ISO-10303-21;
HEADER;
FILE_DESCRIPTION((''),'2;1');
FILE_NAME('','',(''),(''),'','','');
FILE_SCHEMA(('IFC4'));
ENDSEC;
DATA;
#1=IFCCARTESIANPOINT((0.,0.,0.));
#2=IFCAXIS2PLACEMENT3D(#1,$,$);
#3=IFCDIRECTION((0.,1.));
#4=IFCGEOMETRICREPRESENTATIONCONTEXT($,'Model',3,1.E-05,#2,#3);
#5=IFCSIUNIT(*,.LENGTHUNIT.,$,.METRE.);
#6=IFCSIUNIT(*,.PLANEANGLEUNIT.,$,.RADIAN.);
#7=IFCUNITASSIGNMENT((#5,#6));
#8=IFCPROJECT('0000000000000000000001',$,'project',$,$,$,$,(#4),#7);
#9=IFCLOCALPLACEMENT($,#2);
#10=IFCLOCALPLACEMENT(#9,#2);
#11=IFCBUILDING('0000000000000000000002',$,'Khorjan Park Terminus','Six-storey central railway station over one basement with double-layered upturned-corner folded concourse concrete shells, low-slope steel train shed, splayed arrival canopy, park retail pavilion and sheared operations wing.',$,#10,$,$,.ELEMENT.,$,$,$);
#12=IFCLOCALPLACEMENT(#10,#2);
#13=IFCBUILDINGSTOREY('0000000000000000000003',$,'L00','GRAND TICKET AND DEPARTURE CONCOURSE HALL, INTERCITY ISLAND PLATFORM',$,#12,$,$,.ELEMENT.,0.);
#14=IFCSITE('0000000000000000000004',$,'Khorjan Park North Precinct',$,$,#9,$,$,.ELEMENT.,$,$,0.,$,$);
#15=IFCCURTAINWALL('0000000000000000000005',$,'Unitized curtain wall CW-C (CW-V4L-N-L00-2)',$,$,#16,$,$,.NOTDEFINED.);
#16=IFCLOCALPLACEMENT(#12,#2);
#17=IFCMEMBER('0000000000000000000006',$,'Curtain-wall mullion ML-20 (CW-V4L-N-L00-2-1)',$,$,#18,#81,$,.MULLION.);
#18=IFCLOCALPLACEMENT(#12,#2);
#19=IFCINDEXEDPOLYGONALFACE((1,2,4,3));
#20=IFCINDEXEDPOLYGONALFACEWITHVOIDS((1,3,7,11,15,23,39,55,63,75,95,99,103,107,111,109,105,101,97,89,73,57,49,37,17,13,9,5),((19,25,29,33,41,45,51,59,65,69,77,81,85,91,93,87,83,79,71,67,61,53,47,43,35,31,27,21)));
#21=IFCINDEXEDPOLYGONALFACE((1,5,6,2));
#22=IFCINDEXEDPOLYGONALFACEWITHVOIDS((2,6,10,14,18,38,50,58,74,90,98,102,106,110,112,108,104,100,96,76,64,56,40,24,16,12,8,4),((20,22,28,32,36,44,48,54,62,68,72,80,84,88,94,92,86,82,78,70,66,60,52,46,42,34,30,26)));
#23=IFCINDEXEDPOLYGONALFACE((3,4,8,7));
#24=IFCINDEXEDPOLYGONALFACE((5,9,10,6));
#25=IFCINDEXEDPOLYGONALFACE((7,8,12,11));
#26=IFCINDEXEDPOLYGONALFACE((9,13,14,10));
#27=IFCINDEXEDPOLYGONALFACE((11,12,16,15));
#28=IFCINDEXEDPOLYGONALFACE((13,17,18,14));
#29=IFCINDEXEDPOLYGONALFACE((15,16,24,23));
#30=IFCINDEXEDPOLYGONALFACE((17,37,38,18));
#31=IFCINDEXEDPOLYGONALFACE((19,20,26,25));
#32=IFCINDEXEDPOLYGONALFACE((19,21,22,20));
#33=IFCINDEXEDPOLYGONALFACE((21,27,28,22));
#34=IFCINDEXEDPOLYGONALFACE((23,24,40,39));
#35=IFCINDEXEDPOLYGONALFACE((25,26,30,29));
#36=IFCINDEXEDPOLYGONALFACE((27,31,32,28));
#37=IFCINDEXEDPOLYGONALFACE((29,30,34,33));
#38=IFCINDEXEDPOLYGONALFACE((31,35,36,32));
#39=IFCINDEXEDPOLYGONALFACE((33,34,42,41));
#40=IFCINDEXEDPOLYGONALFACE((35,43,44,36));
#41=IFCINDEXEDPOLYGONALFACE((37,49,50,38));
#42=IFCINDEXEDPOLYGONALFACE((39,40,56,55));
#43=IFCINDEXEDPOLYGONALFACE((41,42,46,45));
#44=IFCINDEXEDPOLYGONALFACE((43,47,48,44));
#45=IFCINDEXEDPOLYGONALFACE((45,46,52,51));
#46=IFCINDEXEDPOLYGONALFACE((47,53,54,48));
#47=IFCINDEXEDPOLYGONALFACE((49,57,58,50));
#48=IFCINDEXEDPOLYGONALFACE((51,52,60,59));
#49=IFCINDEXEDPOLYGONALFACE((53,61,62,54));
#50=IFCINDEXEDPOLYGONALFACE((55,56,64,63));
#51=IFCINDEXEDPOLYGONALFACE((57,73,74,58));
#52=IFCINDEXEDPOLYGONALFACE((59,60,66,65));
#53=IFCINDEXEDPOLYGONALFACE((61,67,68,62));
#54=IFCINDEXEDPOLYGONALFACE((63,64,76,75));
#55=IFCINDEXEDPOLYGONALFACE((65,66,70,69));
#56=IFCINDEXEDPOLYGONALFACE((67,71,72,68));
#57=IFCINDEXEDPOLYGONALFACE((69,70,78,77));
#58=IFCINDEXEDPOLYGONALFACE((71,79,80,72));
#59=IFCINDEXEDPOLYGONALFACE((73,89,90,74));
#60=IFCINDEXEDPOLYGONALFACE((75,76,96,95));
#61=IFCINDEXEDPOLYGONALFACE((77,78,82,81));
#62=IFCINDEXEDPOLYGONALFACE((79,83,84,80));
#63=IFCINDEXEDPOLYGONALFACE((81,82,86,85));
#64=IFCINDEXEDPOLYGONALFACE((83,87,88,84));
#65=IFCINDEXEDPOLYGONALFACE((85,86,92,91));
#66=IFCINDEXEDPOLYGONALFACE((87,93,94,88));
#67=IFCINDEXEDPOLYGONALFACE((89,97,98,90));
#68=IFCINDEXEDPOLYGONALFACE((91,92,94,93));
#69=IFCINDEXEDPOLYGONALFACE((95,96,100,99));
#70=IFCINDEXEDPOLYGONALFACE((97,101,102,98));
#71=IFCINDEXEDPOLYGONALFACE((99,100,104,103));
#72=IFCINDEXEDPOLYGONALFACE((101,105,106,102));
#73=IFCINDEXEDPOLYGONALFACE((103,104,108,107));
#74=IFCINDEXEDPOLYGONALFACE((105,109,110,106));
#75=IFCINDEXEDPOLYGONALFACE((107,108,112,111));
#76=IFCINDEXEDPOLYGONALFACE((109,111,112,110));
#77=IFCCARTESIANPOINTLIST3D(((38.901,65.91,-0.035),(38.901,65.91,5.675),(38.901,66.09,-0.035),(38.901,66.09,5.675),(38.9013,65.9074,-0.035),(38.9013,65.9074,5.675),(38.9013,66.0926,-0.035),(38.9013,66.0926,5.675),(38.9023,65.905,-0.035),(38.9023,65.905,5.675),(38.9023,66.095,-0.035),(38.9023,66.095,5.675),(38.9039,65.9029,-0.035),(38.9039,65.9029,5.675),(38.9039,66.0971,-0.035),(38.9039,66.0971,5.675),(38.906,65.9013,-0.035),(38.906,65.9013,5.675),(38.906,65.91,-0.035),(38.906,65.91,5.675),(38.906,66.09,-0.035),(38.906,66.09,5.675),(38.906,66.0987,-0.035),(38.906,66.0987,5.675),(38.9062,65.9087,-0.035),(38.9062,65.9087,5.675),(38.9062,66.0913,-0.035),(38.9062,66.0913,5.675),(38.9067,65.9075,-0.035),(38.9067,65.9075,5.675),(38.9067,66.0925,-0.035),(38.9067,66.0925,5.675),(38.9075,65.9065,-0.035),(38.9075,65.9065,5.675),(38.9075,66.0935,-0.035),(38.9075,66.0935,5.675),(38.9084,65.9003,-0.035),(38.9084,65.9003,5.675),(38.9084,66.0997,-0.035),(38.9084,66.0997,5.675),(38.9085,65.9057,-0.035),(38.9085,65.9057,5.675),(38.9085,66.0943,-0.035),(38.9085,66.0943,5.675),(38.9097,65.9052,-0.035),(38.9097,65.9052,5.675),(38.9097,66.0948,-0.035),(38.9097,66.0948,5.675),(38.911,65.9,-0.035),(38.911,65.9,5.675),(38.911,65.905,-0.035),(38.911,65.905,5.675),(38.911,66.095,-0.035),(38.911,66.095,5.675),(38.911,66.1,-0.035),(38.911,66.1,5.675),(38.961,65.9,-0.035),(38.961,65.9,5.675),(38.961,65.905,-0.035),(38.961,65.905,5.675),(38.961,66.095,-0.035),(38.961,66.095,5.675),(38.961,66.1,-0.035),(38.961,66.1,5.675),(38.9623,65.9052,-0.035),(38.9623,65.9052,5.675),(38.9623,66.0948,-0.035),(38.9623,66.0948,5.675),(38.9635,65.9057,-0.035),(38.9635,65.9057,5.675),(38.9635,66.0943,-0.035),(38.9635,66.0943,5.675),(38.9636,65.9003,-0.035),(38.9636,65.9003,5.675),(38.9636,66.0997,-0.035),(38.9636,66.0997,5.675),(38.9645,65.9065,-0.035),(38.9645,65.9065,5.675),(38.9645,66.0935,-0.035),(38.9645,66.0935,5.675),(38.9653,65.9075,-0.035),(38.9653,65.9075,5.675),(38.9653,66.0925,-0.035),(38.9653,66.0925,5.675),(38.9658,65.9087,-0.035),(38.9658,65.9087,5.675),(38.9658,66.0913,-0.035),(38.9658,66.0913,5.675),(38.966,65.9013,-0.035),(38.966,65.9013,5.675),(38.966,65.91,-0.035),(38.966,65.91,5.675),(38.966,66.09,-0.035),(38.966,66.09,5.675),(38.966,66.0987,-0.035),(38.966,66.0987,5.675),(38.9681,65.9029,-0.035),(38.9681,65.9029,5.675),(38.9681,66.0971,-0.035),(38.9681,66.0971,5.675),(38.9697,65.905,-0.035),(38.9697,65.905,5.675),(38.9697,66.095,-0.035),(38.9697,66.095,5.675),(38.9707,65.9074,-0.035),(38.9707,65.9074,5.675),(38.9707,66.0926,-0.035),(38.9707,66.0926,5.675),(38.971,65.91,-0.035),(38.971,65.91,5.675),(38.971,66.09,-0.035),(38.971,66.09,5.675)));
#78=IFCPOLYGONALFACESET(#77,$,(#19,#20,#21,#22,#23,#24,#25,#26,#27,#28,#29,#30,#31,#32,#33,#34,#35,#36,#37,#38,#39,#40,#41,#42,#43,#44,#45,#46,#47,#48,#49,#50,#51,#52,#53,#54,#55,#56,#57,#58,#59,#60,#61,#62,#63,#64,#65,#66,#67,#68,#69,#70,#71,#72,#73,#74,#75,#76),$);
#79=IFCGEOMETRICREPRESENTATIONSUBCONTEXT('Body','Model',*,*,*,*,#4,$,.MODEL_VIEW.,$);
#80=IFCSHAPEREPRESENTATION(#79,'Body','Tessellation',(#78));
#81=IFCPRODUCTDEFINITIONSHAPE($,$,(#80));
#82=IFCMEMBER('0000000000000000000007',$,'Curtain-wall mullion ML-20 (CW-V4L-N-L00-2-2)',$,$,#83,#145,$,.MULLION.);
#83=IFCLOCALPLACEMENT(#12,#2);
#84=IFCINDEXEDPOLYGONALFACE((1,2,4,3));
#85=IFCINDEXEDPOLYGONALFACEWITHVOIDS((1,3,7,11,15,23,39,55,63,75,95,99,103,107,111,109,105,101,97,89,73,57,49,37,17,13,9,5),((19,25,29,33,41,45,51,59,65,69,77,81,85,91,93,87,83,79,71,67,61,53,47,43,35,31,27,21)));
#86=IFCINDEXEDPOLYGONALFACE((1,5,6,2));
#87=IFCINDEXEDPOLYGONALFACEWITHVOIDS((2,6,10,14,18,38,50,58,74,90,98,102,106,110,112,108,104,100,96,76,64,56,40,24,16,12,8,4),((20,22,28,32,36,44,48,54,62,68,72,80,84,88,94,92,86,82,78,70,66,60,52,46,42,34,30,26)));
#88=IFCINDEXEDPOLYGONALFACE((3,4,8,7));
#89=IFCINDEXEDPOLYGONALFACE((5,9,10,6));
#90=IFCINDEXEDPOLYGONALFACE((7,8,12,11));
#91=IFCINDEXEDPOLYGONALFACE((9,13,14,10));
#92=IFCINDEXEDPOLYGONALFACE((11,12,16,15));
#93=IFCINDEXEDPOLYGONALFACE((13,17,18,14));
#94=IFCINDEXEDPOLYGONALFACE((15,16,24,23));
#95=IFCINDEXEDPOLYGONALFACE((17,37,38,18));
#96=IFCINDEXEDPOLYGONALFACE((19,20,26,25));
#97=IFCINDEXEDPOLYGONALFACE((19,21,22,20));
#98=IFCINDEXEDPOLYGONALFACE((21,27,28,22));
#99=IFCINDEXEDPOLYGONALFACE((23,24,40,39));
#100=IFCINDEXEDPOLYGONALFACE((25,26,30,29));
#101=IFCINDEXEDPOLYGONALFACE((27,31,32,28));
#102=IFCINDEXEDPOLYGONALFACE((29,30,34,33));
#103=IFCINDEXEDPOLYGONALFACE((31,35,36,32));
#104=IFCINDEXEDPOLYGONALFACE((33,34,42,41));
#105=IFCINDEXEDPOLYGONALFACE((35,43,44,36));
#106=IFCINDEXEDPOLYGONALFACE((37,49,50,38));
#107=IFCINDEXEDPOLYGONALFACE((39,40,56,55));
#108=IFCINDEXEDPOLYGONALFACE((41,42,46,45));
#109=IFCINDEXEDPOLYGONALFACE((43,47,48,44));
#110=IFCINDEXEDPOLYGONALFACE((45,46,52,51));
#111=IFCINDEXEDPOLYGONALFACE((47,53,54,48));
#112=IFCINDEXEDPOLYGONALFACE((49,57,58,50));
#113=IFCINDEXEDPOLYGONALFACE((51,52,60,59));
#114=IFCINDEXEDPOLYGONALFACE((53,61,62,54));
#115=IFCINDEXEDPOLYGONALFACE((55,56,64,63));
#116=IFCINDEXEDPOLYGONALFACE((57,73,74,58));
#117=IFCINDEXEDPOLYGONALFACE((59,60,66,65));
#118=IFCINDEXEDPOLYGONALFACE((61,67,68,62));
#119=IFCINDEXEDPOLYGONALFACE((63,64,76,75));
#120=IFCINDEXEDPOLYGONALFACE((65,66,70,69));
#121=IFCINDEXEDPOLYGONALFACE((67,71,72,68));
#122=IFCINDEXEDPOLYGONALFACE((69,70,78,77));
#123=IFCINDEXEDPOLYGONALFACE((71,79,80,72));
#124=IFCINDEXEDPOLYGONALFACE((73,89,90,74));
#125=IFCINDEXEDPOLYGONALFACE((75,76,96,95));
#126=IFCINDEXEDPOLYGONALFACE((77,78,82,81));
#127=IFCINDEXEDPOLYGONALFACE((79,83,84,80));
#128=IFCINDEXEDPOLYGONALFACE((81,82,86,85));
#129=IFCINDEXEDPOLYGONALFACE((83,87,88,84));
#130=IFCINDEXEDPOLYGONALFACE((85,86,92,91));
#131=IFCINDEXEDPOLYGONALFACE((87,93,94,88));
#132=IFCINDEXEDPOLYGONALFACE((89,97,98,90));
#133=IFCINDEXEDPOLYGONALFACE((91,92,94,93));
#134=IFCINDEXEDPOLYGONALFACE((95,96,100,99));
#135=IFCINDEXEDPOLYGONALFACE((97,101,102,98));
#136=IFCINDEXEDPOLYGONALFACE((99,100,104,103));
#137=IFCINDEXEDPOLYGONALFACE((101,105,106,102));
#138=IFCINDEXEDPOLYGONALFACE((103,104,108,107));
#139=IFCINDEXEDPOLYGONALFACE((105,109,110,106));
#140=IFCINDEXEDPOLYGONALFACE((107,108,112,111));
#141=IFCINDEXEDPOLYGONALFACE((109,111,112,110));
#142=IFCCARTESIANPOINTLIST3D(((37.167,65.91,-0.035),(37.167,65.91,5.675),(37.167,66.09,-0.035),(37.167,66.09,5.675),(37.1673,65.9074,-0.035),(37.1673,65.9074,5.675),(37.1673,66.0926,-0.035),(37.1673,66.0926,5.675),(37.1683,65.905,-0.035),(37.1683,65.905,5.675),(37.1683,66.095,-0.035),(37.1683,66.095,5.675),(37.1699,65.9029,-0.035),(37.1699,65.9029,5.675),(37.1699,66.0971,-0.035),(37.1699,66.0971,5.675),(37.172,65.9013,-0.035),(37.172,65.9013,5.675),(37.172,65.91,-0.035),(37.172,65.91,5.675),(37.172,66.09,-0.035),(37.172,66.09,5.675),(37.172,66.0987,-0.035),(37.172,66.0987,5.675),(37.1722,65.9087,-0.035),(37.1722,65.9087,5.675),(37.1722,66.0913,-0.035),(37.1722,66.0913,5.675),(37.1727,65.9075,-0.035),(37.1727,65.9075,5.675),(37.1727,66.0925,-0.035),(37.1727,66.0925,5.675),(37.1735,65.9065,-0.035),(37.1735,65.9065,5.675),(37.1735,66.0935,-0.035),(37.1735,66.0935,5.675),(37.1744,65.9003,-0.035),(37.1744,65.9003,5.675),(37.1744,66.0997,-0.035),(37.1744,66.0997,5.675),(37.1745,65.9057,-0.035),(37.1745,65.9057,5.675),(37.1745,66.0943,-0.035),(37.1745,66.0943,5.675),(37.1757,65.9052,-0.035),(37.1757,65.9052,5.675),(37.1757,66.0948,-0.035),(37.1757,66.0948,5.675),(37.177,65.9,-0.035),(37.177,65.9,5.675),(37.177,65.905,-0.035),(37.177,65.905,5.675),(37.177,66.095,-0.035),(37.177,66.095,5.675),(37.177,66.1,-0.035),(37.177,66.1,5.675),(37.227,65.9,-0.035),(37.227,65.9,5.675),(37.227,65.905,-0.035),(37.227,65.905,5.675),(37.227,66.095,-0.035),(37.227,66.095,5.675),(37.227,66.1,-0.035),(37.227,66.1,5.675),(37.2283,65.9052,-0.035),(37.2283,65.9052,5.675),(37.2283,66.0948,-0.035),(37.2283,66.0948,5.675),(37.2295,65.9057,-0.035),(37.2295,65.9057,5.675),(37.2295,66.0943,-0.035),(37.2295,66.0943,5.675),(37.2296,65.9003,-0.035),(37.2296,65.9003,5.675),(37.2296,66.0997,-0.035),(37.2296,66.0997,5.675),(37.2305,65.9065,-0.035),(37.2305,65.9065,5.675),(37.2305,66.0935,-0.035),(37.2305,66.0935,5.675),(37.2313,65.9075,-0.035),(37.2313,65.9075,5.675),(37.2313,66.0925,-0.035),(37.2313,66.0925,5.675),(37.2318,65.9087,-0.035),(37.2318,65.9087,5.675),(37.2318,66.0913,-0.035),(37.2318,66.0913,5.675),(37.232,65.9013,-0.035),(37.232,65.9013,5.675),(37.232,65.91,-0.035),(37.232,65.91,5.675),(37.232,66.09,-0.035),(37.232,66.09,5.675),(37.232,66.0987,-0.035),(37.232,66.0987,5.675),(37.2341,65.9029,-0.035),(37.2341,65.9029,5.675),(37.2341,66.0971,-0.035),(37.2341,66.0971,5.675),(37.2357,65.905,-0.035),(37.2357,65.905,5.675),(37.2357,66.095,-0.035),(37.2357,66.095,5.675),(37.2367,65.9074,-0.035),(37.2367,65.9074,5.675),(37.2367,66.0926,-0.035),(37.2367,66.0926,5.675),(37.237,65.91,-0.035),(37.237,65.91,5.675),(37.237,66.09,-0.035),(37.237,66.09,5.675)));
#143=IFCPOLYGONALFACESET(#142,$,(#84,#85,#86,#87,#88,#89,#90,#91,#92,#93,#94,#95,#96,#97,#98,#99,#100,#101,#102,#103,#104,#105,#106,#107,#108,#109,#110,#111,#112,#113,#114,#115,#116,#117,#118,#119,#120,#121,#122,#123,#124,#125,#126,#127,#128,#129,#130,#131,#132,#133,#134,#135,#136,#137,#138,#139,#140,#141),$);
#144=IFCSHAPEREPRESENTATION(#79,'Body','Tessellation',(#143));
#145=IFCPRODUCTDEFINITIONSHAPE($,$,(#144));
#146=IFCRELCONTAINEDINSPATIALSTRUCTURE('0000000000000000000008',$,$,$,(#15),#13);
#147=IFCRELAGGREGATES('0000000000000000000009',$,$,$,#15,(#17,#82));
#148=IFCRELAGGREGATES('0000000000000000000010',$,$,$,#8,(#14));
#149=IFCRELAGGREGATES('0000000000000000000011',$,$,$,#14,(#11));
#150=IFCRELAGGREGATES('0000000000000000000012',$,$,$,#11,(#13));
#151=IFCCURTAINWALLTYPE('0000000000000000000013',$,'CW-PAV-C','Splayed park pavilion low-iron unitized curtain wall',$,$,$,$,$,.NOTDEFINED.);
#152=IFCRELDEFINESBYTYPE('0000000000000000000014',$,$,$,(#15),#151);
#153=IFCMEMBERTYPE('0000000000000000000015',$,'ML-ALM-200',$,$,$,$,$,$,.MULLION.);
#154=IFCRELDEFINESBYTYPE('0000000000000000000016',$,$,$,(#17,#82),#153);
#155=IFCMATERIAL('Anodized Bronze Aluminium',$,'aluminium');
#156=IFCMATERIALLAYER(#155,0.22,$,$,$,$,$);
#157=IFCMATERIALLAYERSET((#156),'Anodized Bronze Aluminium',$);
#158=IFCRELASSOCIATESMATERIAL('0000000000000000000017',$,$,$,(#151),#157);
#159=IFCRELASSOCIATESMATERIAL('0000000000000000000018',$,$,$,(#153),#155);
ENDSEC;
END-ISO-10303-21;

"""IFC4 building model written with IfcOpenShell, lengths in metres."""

from ifc_helpers import new_model, si_unit, direction, frame, origin, origin_2d, place, context, subcontext, project, spatial, hollow_rectangle, extrude, material, layer, layer_set, material_profile, profile_set, type_object, element, aggregate, save


model = new_model("IFC4")

# Units and contexts
model_context = context("Model", 3, precision=1e-05, world=origin(), true_north=direction((0.0, 1.0)))
body_context = subcontext(model_context, "Body", "Model", "MODEL_VIEW")
ifc_project = project(units=[si_unit("LENGTHUNIT", "METRE"), si_unit("PLANEANGLEUNIT", "RADIAN")], contexts=[model_context])

# Site, building, storey
site_placement = place(None, origin())
site = spatial("IfcSite", under=ifc_project, at=site_placement, Name="Khorjan Park North Precinct", CompositionType="ELEMENT", RefElevation=0.0)
building_placement = place(site_placement, origin())
building = spatial("IfcBuilding", under=site, at=building_placement, Name="Khorjan Park Terminus", Description="Six-storey central railway station over one basement with double-layered upturned-corner folded concourse concrete shells, low-slope steel train shed, splayed arrival canopy, park retail pavilion and sheared operations wing.", CompositionType="ELEMENT")
storey_placement = place(building_placement, origin())
storey = spatial("IfcBuildingStorey", under=building, at=storey_placement, Name="L00", Description="GRAND TICKET AND DEPARTURE CONCOURSE HALL, INTERCITY ISLAND PLATFORM", CompositionType="ELEMENT", Elevation=0.0)

# Curtain wall, members
ifc_material_1 = material(Name="Anodized Bronze Aluminium", Category="aluminium")
ifc_layer_1 = layer(ifc_material_1, 0.22)
ifc_layer_set_1 = layer_set([ifc_layer_1], Name="Anodized Bronze Aluminium")
curtain_wall_type = type_object("IfcCurtainWallType", Name="CW-PAV-C", Description="Splayed park pavilion low-iron unitized curtain wall", PredefinedType="NOTDEFINED", material=ifc_layer_set_1)
curtain_wall_1_placement = place(storey_placement, origin())
curtain_wall_1 = element("IfcCurtainWall", 1, at=curtain_wall_1_placement, inside=storey, type_object=curtain_wall_type, Name="Unitized curtain wall CW-C (CW-V4L-N-L00-2)", PredefinedType="NOTDEFINED")
ifc_material_profile_1 = material_profile(ifc_material_1, hollow_rectangle(XDim=0.07, YDim=0.2, WallThickness=0.005, InnerFilletRadius=0.005, OuterFilletRadius=0.01, at=origin_2d()), Name="ALM 70x200x5")
ifc_profile_set_1 = profile_set([ifc_material_profile_1], Name="Anodized Bronze Aluminium")
member_type_1 = type_object("IfcMemberType", Name="ML-ALM-200", PredefinedType="MULLION", material=ifc_profile_set_1)
member_1_placement = place(storey_placement, frame((38.936, 66.0, -0.035), z_axis=(0.0, 0.0, 1.0), x_axis=(-1.0, 0.0, 0.0)))
member_1 = element("IfcMember", 2, at=member_1_placement, type_object=member_type_1, Name="Curtain-wall mullion ML-20 (CW-V4L-N-L00-2-1)", PredefinedType="MULLION", context=body_context, shape_type="SweptSolid", body=[
    extrude(hollow_rectangle(XDim=0.07, YDim=0.2, WallThickness=0.005, InnerFilletRadius=0.005, OuterFilletRadius=0.01, at=origin_2d()), origin(), (0.0, 0.0, 1.0), 5.71),
])
member_2_placement = place(storey_placement, frame((37.202, 66.0, -0.035), z_axis=(0.0, 0.0, 1.0), x_axis=(-1.0, 0.0, 0.0)))
member_2 = element("IfcMember", 3, at=member_2_placement, type_object=member_type_1, Name="Curtain-wall mullion ML-20 (CW-V4L-N-L00-2-2)", PredefinedType="MULLION", context=body_context, shape_type="SweptSolid", body=[
    extrude(hollow_rectangle(XDim=0.07, YDim=0.2, WallThickness=0.005, InnerFilletRadius=0.005, OuterFilletRadius=0.01, at=origin_2d()), origin(), (0.0, 0.0, 1.0), 5.71),
])

aggregate(curtain_wall_1, [member_1, member_2])

save(model, "model.ifc")
